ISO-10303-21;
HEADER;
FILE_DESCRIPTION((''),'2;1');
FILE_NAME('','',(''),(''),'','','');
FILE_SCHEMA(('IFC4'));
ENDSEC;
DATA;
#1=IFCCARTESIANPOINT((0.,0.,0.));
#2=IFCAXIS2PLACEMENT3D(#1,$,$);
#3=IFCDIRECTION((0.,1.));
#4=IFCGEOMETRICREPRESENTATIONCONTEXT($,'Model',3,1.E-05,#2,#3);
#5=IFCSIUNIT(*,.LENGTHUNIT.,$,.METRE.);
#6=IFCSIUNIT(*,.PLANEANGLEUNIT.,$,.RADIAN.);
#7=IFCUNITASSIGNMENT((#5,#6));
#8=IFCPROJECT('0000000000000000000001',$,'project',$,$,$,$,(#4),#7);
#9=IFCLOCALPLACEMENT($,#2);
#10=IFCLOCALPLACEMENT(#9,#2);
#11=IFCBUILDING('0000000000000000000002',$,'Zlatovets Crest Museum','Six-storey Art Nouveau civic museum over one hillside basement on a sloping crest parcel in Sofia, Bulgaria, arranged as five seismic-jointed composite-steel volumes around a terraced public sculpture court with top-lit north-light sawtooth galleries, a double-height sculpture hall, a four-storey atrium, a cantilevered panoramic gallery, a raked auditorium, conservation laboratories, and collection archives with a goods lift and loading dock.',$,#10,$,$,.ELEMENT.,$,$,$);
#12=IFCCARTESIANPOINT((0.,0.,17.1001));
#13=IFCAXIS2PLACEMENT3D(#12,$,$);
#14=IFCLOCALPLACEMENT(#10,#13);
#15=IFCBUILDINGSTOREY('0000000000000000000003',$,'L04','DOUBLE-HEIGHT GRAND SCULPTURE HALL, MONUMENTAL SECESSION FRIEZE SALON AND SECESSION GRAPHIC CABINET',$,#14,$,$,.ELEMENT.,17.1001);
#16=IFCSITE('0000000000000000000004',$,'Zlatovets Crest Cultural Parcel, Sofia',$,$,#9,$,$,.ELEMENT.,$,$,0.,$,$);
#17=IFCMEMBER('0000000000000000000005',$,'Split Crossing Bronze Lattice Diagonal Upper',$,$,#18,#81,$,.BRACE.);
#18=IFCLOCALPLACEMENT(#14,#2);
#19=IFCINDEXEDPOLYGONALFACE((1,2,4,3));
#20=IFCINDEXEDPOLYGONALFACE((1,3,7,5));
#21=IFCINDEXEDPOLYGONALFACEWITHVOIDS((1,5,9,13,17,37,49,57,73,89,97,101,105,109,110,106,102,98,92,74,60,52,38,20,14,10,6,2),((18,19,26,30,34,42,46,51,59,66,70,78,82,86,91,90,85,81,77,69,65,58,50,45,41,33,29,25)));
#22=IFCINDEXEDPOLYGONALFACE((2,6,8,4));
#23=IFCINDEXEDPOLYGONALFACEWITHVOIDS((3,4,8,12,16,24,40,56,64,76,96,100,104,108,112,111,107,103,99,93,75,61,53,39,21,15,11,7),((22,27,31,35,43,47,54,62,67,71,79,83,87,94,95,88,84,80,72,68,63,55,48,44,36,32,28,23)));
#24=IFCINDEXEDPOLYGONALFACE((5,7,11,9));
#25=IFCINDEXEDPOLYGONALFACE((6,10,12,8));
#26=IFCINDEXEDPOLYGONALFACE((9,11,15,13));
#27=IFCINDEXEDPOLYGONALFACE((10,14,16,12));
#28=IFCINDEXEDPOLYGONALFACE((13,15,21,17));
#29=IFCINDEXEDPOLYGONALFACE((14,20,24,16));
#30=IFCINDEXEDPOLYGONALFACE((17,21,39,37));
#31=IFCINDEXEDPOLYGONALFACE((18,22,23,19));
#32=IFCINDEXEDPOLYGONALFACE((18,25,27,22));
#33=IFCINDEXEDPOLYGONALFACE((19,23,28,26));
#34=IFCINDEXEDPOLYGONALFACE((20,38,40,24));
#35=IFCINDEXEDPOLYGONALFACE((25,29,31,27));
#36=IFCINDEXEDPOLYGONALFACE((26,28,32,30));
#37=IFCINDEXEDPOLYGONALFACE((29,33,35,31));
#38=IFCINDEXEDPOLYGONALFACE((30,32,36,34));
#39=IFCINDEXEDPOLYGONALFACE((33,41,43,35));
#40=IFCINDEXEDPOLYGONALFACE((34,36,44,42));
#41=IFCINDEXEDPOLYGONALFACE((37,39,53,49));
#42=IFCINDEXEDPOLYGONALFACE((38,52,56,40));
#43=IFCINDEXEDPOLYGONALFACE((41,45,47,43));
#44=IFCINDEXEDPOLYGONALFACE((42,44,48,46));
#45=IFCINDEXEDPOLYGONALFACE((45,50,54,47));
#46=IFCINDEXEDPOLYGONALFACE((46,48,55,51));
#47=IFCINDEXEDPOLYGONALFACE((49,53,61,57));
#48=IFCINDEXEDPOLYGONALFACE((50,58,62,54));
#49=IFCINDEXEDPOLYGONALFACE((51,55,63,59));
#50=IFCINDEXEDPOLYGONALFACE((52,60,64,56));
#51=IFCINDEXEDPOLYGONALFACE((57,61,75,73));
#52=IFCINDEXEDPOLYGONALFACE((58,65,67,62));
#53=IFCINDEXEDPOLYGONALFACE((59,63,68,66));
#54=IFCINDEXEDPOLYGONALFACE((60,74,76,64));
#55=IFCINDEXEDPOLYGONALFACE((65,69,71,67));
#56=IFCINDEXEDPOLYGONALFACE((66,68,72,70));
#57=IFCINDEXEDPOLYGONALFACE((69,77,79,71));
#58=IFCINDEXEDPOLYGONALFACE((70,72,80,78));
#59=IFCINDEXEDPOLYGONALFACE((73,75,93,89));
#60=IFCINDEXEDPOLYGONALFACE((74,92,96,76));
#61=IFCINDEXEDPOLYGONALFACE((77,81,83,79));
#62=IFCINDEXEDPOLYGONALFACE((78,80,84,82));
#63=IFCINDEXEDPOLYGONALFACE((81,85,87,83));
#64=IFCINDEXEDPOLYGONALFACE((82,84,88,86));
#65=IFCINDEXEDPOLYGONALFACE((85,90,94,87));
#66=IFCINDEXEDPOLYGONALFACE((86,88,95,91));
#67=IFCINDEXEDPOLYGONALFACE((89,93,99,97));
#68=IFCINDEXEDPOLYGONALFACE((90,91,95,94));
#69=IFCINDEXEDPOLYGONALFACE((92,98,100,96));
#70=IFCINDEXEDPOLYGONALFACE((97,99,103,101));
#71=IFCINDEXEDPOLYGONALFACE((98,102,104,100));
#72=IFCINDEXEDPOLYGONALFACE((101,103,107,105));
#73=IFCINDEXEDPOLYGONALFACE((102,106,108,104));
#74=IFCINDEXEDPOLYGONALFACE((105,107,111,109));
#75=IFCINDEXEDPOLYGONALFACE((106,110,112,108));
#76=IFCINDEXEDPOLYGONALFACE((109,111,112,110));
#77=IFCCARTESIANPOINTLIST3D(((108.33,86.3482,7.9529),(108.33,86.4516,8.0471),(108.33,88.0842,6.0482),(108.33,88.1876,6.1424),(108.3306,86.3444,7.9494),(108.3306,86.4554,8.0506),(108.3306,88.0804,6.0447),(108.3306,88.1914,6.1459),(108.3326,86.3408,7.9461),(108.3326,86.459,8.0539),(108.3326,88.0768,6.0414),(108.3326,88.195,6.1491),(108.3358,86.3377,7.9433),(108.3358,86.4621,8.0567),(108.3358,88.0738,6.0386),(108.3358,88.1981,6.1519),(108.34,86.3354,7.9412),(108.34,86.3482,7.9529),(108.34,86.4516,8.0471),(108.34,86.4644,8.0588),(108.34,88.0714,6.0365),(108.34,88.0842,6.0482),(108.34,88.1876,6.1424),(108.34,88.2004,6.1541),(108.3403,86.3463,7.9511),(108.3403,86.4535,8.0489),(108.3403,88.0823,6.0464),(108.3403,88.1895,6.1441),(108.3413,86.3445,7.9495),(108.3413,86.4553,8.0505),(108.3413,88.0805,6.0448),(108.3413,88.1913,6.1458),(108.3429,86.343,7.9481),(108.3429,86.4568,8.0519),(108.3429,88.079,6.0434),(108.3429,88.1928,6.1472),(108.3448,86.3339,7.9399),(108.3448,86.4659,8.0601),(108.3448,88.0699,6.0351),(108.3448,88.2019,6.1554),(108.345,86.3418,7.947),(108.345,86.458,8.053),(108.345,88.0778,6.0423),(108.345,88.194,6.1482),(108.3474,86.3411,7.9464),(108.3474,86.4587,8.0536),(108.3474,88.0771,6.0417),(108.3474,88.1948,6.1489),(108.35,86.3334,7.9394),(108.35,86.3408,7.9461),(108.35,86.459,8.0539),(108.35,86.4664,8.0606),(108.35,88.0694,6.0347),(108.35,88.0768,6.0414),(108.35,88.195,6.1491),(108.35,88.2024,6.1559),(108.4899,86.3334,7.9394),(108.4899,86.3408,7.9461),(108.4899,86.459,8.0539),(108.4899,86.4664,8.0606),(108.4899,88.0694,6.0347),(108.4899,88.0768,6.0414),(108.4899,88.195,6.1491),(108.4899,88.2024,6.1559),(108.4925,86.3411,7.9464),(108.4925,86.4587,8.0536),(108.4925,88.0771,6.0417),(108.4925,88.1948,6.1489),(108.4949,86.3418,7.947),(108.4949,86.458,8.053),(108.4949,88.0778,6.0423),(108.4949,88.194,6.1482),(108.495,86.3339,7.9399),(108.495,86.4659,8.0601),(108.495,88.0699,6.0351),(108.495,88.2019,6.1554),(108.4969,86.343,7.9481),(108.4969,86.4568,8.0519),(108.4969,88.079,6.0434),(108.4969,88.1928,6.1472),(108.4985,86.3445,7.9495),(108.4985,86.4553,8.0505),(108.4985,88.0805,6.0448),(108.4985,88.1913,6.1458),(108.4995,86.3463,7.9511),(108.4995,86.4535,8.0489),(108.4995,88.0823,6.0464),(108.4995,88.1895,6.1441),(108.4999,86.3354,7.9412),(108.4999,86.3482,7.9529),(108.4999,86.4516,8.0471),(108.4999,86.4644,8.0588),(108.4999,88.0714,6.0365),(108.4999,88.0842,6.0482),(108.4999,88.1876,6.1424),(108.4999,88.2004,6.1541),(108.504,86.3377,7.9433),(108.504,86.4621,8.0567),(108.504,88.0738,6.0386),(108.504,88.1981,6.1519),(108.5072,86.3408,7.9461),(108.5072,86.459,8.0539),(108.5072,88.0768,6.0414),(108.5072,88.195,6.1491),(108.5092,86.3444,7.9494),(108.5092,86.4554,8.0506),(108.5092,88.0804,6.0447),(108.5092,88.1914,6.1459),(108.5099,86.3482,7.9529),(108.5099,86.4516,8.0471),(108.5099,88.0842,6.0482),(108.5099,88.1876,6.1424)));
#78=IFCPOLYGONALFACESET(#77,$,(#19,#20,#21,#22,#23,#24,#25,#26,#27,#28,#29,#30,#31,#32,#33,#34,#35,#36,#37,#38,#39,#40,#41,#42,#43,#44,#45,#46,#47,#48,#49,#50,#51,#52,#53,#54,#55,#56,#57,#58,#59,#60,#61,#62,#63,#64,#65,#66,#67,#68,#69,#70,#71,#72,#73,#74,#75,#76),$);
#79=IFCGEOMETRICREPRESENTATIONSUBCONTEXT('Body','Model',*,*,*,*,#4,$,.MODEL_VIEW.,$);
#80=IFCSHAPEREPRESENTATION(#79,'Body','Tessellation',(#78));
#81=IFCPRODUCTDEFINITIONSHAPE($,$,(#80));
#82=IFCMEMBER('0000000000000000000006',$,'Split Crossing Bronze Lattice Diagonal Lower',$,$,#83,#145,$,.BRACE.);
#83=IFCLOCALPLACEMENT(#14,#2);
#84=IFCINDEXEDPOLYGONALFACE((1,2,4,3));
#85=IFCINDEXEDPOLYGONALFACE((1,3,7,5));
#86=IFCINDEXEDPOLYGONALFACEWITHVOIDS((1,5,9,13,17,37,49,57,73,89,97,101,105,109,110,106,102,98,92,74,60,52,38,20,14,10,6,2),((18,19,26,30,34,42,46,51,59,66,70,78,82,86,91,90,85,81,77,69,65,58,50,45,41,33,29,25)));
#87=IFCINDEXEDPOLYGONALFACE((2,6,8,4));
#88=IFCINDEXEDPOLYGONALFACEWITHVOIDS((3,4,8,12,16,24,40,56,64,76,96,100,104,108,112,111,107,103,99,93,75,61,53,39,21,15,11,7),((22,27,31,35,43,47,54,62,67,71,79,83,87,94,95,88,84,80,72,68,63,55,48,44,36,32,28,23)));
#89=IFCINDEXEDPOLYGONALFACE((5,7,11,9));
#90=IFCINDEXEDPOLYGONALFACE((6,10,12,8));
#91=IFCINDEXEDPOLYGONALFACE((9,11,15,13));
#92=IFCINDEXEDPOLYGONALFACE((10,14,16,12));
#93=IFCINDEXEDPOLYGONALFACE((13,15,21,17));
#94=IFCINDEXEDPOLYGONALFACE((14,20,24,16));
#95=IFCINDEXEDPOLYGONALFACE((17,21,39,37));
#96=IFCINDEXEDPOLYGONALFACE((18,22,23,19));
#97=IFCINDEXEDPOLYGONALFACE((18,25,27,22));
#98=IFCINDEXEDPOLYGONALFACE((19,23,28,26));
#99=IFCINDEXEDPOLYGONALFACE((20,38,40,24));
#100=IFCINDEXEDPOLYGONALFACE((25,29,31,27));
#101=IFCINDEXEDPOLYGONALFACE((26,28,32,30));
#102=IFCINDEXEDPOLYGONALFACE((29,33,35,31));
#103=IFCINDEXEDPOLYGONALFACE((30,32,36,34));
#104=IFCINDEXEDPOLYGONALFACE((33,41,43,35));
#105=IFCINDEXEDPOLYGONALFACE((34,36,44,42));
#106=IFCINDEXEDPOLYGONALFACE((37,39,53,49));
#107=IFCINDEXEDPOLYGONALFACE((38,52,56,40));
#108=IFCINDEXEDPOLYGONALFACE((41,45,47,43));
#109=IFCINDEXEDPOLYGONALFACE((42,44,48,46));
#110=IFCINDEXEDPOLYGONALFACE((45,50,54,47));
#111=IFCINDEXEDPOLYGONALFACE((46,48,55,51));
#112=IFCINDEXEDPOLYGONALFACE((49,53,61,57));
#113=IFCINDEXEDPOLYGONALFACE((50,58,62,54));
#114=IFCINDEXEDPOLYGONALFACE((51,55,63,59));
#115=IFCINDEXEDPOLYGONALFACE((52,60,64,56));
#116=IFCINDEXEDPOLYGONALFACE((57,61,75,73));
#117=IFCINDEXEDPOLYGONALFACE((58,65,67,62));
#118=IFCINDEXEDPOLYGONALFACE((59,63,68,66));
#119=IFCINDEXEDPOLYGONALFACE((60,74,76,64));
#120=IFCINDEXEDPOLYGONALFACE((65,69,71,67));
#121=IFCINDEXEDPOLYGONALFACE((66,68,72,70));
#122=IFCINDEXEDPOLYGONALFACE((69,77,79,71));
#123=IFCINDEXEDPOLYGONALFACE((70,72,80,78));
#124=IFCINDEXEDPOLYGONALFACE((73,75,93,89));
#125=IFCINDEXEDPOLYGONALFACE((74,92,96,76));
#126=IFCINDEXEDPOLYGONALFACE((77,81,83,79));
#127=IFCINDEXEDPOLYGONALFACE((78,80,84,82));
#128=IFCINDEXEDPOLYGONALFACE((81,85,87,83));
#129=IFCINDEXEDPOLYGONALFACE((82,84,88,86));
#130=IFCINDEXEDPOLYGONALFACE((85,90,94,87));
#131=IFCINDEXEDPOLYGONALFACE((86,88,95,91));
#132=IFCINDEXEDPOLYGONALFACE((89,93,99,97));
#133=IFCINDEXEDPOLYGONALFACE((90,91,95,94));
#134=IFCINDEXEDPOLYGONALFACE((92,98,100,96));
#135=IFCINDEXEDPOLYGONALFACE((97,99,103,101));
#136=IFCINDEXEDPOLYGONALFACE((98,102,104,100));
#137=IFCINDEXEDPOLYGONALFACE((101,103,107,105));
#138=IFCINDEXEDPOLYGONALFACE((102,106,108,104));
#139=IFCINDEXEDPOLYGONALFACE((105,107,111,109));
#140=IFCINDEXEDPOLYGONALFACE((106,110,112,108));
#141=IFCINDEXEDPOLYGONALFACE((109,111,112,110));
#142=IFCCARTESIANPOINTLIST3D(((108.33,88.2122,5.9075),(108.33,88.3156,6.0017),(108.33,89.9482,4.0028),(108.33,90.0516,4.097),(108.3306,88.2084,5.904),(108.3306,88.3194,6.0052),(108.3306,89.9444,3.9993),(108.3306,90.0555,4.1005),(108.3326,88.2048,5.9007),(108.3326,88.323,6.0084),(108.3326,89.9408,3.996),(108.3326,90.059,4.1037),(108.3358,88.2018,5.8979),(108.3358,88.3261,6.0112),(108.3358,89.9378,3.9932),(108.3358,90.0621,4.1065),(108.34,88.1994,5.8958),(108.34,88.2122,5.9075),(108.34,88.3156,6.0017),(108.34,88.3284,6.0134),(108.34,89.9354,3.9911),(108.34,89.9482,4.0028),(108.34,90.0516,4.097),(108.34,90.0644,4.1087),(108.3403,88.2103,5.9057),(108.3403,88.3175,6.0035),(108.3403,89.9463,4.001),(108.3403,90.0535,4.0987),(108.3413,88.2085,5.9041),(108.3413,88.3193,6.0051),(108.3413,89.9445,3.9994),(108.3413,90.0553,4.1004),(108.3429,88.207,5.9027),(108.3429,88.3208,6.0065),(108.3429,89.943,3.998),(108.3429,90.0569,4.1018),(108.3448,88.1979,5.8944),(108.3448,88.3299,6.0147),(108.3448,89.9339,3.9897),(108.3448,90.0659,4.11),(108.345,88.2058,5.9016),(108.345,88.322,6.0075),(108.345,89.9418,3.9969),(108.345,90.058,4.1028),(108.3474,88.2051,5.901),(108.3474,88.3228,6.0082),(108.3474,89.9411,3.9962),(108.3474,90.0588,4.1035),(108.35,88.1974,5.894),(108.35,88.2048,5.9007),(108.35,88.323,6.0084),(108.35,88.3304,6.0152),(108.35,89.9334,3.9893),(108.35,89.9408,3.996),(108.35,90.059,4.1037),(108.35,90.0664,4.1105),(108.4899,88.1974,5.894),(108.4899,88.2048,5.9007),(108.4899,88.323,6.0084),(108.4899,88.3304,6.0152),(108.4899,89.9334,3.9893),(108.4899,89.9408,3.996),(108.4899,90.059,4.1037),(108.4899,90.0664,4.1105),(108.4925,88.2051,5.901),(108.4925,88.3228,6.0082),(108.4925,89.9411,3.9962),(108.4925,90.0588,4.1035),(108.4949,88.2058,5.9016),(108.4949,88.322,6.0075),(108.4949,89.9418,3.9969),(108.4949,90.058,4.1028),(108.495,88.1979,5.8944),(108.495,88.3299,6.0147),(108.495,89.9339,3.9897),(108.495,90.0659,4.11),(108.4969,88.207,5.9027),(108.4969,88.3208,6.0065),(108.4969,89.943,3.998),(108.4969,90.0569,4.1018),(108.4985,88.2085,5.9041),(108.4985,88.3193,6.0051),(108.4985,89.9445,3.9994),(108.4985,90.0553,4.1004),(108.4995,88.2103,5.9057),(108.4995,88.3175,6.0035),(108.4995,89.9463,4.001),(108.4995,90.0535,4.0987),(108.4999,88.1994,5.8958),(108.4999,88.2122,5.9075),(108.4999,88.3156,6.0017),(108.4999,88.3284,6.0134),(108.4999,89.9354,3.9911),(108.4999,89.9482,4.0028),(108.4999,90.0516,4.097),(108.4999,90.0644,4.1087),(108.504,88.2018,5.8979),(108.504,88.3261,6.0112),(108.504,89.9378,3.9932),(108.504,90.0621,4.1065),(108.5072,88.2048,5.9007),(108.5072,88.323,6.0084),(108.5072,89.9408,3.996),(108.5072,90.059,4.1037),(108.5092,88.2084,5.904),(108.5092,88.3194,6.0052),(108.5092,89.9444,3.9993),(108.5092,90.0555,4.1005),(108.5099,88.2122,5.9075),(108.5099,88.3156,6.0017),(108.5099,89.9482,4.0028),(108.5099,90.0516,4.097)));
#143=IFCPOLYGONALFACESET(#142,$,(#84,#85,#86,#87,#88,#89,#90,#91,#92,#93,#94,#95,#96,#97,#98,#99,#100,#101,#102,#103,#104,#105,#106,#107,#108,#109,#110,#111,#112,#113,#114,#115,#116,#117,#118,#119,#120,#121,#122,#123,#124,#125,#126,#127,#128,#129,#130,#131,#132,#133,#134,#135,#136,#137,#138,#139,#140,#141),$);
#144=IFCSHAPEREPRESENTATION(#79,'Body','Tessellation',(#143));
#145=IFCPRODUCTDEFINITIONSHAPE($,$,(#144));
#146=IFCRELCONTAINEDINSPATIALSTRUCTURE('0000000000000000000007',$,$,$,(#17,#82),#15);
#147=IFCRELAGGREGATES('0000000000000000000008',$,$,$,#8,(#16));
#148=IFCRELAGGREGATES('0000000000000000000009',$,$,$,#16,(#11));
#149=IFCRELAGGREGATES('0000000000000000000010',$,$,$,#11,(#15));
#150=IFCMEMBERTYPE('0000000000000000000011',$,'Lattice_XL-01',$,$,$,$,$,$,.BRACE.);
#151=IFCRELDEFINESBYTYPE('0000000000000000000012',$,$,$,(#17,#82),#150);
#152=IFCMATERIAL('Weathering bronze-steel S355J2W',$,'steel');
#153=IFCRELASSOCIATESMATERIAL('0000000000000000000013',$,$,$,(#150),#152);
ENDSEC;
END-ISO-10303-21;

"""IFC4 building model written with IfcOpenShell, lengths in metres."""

from ifc_helpers import new_model, si_unit, direction, frame, origin, origin_2d, place, context, subcontext, project, spatial, hollow_rectangle, extrude, material, material_profile, profile_set, type_object, element, save


model = new_model("IFC4")

# Units and contexts
model_context = context("Model", 3, precision=1e-05, world=origin(), true_north=direction((0.0, 1.0)))
body_context = subcontext(model_context, "Body", "Model", "MODEL_VIEW")
ifc_project = project(units=[si_unit("LENGTHUNIT", "METRE"), si_unit("PLANEANGLEUNIT", "RADIAN")], contexts=[model_context])

# Site, building, storey
site_placement = place(None, origin())
site = spatial("IfcSite", under=ifc_project, at=site_placement, Name="Zlatovets Crest Cultural Parcel, Sofia", CompositionType="ELEMENT", RefElevation=0.0)
building_placement = place(site_placement, origin())
building = spatial("IfcBuilding", under=site, at=building_placement, Name="Zlatovets Crest Museum", Description="Six-storey Art Nouveau civic museum over one hillside basement on a sloping crest parcel in Sofia, Bulgaria, arranged as five seismic-jointed composite-steel volumes around a terraced public sculpture court with top-lit north-light sawtooth galleries, a double-height sculpture hall, a four-storey atrium, a cantilevered panoramic gallery, a raked auditorium, conservation laboratories, and collection archives with a goods lift and loading dock.", CompositionType="ELEMENT")
storey_placement = place(building_placement, frame((0.0, 0.0, 17.1001)))
storey = spatial("IfcBuildingStorey", under=building, at=storey_placement, Name="L04", Description="DOUBLE-HEIGHT GRAND SCULPTURE HALL, MONUMENTAL SECESSION FRIEZE SALON AND SECESSION GRAPHIC CABINET", CompositionType="ELEMENT", Elevation=17.1001)

# Members
ifc_material_1 = material(Name="Weathering bronze-steel S355J2W", Category="steel")
ifc_material_profile_1 = material_profile(ifc_material_1, hollow_rectangle(XDim=0.1799, YDim=0.1799, WallThickness=0.01, InnerFilletRadius=0.01, OuterFilletRadius=0.02, at=origin_2d()), Name="SHS 180x180x10.0")
ifc_profile_set_1 = profile_set([ifc_material_profile_1], Name="Weathering bronze-steel S355J2W")
member_type_1 = type_object("IfcMemberType", Name="Lattice_XL-01", PredefinedType="BRACE", material=ifc_profile_set_1)
for number, where, z_axis, x_axis, name in (
    (1, (108.4199, 86.3999, 8.0), (0.0, 0.67362, -0.739078), (-1.0, 0.0, 0.0), "Split Crossing Bronze Lattice Diagonal Upper"),
    (2, (108.4199, 88.2639, 5.9546), (0.0, 0.67362, -0.739078), (-1.0, 0.0, 0.0), "Split Crossing Bronze Lattice Diagonal Lower"),
):
    element("IfcMember", number, at=place(storey_placement, frame(where, z_axis=z_axis, x_axis=x_axis)), inside=storey, type_object=member_type_1, Name=name, PredefinedType="BRACE", context=body_context, shape_type="SweptSolid", body=[
        extrude(hollow_rectangle(XDim=0.1799, YDim=0.1799, WallThickness=0.01, InnerFilletRadius=0.01, OuterFilletRadius=0.02, at=origin_2d()), origin(), (0.0, 0.0, 1.0), 2.5771),
    ])

save(model, "model.ifc")
